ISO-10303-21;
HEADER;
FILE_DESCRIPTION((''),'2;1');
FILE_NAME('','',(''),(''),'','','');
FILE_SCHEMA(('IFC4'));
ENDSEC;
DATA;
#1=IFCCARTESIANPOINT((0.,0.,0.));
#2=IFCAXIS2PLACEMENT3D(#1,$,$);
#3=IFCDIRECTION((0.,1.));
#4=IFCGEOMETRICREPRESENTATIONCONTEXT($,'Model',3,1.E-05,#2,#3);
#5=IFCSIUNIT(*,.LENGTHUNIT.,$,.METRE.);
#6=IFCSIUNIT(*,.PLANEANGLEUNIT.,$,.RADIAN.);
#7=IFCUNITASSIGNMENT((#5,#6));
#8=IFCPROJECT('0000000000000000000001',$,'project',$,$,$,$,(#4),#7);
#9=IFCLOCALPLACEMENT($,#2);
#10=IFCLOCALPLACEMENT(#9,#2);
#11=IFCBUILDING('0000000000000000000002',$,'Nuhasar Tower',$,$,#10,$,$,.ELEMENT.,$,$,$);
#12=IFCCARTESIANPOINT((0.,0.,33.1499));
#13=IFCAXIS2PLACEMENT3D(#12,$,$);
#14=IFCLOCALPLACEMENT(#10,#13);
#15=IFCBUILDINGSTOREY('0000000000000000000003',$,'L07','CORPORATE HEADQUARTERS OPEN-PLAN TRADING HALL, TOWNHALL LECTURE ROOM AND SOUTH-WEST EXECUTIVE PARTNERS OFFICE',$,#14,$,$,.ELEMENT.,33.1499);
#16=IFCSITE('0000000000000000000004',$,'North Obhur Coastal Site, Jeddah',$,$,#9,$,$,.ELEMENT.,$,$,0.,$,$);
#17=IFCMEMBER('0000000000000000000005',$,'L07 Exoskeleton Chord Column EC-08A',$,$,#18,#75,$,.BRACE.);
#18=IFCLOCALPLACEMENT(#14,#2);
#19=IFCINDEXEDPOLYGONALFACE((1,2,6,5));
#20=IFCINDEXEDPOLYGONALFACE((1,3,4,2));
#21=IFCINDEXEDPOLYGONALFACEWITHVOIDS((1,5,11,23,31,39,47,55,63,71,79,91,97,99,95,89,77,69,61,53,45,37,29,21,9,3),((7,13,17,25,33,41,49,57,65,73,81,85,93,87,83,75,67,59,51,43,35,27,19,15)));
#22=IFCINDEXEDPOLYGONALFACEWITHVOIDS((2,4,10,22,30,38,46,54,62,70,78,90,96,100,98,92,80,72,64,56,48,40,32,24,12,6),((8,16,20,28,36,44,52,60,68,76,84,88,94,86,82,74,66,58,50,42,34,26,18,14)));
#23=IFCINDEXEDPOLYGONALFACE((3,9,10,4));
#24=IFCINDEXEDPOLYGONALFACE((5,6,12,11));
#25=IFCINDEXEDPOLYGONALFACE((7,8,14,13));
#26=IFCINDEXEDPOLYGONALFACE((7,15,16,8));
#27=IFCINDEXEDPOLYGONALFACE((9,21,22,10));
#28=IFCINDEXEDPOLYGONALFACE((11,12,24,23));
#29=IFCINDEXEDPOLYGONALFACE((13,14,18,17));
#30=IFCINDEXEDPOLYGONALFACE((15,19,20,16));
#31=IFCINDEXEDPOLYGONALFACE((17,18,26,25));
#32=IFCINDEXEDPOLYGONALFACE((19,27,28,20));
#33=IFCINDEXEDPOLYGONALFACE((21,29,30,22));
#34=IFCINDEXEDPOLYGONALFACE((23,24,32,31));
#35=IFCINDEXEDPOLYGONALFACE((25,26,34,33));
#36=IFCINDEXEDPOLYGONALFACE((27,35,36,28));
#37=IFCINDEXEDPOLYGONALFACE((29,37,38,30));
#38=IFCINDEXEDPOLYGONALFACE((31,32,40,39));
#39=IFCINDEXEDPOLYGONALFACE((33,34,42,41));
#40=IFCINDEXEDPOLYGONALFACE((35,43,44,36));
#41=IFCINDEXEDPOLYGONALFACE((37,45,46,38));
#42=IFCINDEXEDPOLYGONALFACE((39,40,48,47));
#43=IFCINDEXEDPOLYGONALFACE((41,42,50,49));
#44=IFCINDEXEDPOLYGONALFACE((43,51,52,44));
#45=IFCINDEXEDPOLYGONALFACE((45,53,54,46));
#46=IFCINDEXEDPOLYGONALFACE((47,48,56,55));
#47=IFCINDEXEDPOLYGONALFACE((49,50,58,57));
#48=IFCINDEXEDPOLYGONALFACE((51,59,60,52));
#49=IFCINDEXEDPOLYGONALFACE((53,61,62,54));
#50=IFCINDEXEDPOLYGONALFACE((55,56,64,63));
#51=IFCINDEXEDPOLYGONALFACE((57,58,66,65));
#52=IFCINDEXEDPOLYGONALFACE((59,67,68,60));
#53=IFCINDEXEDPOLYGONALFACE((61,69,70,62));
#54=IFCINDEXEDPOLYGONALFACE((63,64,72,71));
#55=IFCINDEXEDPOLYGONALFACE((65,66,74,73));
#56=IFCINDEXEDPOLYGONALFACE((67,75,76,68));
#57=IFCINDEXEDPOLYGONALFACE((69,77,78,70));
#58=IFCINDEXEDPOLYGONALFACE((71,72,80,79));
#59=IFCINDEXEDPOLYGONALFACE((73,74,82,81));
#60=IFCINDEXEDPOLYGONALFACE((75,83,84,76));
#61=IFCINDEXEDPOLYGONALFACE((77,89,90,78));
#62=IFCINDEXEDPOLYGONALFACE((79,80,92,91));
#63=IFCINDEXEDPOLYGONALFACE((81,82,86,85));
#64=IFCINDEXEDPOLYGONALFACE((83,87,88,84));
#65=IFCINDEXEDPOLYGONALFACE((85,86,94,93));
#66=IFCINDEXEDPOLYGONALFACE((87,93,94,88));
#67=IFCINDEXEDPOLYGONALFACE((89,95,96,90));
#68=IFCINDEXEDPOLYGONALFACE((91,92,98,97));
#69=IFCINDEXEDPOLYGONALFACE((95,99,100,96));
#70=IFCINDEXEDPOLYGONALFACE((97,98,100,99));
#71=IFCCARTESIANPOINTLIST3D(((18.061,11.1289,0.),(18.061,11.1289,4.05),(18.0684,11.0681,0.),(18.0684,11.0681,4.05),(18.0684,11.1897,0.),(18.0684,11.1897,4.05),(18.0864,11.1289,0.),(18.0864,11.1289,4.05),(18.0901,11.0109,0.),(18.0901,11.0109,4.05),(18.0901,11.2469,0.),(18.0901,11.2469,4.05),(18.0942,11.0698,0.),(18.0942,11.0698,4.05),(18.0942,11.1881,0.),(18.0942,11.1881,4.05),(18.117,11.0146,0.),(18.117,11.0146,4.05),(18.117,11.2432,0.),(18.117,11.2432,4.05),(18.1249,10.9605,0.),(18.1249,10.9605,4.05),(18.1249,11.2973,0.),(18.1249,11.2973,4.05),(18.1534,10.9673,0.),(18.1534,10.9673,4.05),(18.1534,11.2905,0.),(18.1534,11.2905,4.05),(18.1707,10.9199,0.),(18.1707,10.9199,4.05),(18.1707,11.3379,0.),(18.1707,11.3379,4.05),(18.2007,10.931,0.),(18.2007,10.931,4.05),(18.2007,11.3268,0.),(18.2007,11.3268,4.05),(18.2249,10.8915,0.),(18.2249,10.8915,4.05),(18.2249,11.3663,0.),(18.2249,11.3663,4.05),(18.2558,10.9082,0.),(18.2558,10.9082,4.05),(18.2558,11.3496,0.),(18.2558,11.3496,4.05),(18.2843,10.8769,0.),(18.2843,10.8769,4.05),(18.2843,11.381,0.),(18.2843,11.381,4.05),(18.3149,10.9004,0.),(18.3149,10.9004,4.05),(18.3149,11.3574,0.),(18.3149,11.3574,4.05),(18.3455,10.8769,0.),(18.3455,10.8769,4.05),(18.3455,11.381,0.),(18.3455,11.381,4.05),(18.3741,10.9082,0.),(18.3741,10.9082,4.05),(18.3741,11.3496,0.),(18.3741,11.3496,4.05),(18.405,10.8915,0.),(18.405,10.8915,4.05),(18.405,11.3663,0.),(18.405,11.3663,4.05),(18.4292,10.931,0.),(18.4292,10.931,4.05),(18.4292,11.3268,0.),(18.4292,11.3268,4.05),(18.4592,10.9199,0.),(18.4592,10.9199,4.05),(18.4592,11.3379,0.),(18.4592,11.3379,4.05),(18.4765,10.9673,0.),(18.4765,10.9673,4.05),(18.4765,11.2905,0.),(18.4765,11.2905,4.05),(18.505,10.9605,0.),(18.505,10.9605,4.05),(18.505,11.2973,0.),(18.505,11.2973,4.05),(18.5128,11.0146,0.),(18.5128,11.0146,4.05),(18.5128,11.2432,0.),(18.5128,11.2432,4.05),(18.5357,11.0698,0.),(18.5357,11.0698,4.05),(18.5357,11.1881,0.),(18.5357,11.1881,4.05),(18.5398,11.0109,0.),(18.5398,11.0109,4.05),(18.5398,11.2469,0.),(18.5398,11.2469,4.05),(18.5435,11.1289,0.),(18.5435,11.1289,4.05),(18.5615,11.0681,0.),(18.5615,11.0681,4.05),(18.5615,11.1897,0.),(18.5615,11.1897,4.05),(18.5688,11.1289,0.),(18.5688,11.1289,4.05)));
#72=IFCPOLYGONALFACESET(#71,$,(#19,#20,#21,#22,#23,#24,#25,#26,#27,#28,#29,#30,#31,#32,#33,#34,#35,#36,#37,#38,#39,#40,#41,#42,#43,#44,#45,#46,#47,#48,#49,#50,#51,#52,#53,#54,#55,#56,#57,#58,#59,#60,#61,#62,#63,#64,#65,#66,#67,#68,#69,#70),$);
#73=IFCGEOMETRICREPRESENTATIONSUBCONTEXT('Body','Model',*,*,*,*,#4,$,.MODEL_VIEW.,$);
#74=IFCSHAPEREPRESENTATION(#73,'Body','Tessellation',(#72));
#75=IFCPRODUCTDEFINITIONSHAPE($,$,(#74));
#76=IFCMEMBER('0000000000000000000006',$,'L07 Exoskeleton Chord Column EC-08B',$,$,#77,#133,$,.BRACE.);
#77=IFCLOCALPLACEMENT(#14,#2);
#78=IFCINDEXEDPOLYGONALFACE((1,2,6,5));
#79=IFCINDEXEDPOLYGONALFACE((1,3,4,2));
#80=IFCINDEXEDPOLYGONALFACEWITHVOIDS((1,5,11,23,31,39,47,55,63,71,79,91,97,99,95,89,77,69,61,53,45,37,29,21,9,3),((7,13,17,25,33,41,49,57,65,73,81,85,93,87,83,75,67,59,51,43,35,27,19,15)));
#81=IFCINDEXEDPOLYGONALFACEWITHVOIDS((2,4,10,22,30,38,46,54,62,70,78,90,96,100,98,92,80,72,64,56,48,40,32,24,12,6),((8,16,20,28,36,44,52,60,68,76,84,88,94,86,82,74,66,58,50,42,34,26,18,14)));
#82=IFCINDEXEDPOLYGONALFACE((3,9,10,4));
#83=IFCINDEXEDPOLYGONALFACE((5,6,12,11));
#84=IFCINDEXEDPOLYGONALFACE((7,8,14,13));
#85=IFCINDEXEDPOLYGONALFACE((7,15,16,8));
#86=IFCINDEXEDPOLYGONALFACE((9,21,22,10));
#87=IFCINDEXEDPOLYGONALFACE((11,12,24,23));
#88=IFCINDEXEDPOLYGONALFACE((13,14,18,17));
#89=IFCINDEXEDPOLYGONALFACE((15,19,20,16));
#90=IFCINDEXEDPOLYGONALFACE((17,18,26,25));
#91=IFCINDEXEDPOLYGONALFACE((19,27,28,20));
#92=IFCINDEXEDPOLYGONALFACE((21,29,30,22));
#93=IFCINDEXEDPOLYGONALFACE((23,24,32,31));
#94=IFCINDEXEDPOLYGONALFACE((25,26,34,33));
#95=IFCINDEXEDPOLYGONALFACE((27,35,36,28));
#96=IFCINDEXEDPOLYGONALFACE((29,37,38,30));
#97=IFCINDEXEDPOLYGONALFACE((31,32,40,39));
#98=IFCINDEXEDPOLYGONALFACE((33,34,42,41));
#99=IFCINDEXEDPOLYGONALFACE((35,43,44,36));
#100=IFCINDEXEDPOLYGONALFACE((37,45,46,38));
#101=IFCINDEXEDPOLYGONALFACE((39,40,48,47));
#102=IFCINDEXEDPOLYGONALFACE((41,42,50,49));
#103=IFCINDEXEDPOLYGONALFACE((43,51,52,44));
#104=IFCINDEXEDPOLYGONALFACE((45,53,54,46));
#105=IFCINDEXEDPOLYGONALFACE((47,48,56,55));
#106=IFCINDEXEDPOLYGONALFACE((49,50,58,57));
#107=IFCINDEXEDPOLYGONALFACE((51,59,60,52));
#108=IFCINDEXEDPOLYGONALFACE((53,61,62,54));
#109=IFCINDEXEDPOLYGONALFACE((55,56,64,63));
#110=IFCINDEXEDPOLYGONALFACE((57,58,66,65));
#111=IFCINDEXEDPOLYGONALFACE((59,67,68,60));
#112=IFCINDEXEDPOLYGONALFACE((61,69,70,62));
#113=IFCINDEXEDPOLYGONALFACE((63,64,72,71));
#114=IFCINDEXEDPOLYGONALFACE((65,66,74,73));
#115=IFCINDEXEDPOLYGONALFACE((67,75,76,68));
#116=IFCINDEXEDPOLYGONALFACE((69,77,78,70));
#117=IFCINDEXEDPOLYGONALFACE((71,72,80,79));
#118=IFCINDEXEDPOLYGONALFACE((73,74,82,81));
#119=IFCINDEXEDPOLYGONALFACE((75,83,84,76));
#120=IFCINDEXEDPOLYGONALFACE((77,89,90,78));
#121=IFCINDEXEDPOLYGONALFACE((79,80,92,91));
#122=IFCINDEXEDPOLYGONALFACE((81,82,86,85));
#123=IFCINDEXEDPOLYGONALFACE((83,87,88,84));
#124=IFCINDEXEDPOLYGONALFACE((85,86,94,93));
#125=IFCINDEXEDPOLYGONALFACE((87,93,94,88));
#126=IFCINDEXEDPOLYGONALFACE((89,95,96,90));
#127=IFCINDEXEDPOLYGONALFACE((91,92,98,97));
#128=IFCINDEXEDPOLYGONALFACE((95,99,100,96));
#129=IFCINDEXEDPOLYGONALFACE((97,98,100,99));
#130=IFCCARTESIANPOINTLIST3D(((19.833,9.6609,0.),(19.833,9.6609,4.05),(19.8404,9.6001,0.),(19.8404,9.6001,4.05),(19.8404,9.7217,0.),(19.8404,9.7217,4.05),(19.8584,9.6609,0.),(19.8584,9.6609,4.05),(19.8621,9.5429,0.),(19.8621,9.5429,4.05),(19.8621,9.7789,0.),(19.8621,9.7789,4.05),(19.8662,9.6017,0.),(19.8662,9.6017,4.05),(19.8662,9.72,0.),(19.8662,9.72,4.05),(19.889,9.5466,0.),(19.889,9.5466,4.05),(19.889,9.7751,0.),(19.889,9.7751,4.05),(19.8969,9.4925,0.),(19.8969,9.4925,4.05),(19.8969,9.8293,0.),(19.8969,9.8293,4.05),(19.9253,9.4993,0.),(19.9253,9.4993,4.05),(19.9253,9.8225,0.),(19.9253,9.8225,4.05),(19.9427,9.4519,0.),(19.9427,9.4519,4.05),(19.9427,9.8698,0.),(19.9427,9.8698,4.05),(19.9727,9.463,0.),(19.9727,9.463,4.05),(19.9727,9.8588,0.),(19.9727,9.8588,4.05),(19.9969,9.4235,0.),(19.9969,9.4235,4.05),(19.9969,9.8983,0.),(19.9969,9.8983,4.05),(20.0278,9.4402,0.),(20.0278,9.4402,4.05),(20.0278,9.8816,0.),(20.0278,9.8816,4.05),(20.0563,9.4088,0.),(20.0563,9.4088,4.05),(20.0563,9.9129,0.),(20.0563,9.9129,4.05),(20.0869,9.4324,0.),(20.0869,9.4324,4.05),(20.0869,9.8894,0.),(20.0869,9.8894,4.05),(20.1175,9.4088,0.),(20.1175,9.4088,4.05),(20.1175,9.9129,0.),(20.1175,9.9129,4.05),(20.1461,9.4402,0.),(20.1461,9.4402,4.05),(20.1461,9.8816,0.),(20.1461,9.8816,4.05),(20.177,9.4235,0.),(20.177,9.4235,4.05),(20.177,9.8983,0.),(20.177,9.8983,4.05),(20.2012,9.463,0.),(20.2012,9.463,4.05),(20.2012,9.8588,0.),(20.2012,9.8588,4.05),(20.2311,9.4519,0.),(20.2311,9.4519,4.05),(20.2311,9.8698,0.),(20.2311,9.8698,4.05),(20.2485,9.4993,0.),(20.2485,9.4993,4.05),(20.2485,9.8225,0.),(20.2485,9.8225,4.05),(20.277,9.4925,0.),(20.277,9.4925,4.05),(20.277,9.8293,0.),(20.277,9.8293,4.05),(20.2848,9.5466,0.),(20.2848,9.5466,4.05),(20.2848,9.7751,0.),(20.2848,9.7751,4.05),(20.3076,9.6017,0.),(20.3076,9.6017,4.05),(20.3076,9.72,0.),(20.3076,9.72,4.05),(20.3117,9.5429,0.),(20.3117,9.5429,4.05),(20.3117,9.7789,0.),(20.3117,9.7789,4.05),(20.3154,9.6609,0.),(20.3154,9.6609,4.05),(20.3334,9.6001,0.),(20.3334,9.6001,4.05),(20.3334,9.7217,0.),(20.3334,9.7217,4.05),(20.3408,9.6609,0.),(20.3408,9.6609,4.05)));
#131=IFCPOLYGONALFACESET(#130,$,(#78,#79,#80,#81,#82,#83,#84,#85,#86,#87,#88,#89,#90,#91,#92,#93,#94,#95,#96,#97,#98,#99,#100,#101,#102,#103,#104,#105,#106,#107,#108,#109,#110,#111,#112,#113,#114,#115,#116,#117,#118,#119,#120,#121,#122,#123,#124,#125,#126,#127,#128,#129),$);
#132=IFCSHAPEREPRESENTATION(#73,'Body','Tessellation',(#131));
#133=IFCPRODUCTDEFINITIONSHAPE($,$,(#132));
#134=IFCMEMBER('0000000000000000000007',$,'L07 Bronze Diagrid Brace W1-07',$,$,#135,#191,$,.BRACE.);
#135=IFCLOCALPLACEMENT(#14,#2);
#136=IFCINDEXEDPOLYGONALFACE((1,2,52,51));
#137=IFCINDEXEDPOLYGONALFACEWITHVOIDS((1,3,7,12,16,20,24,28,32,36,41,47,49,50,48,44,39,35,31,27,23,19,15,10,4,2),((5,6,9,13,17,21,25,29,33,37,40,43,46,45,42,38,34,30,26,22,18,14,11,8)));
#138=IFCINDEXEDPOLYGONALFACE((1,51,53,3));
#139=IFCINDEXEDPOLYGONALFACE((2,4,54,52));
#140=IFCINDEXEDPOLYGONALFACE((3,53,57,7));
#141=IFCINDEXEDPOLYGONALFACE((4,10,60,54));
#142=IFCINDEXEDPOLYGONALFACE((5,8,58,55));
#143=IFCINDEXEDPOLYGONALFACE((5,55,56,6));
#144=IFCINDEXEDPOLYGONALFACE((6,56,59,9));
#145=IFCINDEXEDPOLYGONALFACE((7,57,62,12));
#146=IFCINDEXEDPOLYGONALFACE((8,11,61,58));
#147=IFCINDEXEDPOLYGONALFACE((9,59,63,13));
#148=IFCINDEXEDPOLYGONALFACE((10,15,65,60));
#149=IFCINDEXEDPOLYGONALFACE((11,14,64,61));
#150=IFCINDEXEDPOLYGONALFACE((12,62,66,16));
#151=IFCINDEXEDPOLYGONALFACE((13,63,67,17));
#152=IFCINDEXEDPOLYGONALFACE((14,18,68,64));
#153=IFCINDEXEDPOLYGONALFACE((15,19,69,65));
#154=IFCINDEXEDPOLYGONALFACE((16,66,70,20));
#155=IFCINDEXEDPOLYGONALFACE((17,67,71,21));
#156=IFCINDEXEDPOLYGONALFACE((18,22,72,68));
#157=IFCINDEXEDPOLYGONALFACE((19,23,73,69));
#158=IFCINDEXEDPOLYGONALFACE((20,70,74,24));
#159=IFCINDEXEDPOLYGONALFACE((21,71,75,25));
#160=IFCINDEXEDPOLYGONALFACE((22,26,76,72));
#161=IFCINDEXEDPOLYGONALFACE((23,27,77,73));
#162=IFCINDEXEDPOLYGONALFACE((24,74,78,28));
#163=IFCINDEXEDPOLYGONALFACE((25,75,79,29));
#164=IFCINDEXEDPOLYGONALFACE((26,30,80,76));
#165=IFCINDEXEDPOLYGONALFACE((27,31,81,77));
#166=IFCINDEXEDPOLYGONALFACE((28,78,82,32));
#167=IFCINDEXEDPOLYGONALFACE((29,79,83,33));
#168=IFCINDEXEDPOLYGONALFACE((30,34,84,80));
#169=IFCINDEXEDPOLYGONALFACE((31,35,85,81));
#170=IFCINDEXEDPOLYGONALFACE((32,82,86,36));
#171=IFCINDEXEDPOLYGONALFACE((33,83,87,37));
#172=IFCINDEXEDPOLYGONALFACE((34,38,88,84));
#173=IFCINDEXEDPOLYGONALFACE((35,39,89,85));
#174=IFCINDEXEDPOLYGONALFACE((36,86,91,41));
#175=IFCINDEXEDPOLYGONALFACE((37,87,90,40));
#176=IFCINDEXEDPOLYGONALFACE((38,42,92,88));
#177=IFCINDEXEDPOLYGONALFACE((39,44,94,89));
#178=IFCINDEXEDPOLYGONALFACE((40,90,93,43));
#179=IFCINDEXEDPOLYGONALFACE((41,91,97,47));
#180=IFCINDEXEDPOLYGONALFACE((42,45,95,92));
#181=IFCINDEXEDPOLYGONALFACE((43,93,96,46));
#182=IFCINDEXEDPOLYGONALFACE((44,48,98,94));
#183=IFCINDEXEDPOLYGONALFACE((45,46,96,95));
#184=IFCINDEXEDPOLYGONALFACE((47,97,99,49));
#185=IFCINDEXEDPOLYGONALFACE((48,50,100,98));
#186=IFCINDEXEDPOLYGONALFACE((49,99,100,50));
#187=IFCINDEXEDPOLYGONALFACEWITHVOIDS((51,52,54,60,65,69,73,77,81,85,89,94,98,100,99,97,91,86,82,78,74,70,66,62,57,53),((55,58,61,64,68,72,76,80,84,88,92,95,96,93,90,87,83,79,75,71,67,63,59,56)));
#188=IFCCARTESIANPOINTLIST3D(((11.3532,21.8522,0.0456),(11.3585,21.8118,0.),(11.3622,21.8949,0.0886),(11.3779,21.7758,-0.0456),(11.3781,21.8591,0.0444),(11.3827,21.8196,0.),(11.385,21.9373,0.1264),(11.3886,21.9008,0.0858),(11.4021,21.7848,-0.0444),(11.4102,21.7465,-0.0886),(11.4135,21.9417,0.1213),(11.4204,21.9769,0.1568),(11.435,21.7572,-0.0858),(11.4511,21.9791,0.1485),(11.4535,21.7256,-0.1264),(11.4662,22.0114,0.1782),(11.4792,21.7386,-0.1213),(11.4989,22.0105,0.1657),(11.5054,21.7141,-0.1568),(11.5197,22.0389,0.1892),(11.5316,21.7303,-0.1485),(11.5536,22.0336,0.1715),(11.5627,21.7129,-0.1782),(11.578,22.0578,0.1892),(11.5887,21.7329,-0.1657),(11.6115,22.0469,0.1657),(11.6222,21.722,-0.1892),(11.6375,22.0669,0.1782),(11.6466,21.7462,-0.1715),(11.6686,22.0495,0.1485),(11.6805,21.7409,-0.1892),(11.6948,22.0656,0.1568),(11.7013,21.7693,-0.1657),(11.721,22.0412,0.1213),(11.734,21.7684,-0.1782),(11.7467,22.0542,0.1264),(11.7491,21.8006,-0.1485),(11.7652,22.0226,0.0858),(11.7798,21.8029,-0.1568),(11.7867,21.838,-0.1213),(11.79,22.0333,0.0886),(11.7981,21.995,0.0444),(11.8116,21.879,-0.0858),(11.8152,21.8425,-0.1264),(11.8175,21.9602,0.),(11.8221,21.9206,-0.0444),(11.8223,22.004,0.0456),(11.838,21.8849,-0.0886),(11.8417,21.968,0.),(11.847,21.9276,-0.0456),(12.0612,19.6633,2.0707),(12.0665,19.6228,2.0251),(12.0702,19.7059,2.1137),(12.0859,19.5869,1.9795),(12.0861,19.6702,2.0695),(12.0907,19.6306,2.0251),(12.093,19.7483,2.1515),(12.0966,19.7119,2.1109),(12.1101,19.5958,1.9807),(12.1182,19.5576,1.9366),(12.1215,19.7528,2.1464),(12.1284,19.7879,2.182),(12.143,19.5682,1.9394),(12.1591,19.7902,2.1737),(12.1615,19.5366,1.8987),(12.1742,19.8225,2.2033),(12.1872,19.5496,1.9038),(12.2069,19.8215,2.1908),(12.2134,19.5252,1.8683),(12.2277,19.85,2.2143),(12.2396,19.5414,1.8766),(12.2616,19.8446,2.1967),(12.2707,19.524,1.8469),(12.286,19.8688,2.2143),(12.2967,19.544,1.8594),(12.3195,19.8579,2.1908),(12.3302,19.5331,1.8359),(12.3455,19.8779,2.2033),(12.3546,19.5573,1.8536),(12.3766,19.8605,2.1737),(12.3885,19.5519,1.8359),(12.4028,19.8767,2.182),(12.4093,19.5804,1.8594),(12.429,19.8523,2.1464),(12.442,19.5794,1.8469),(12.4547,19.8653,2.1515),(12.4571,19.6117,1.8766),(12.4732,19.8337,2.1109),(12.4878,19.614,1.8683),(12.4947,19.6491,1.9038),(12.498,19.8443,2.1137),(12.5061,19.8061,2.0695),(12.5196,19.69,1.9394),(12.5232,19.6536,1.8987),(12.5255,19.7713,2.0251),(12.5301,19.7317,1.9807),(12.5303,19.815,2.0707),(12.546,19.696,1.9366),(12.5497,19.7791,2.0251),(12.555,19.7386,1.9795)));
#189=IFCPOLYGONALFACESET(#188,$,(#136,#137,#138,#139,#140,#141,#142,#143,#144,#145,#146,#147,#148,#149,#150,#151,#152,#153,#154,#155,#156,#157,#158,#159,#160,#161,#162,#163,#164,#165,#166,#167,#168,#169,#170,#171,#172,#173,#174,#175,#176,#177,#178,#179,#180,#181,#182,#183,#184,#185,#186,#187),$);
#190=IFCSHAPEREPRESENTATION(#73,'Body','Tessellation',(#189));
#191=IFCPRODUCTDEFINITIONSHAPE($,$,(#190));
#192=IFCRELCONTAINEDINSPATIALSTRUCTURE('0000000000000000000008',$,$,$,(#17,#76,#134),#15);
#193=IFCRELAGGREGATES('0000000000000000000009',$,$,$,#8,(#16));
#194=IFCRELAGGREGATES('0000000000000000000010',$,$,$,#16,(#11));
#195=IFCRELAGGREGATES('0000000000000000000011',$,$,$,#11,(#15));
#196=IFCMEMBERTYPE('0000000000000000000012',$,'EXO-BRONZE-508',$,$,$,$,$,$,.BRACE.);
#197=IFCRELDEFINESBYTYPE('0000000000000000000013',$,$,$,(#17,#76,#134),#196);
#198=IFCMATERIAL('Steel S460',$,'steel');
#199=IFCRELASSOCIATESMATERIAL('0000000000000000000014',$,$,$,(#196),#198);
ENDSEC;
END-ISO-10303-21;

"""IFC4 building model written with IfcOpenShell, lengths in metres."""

from ifc_helpers import new_model, si_unit, direction, frame, origin, origin_2d, place, context, subcontext, project, spatial, hollow_circle, extrude, material, material_profile, profile_set, type_object, element, save


model = new_model("IFC4")

# Units and contexts
model_context = context("Model", 3, precision=1e-05, world=origin(), true_north=direction((0.0, 1.0)))
body_context = subcontext(model_context, "Body", "Model", "MODEL_VIEW")
ifc_project = project(units=[si_unit("LENGTHUNIT", "METRE"), si_unit("PLANEANGLEUNIT", "RADIAN")], contexts=[model_context])

# Site, building, storey
site_placement = place(None, origin())
site = spatial("IfcSite", under=ifc_project, at=site_placement, Name="North Obhur Coastal Site, Jeddah", CompositionType="ELEMENT", RefElevation=0.0)
building_placement = place(site_placement, origin())
building = spatial("IfcBuilding", under=site, at=building_placement, Name="Nuhasar Tower", CompositionType="ELEMENT")
storey_placement = place(building_placement, frame((0.0, 0.0, 33.1499)))
storey = spatial("IfcBuildingStorey", under=building, at=storey_placement, Name="L07", Description="CORPORATE HEADQUARTERS OPEN-PLAN TRADING HALL, TOWNHALL LECTURE ROOM AND SOUTH-WEST EXECUTIVE PARTNERS OFFICE", CompositionType="ELEMENT", Elevation=33.1499)

# Members
ifc_material_1 = material(Name="Steel S460", Category="steel")
ifc_material_profile_1 = material_profile(ifc_material_1, hollow_circle(Radius=0.2539, WallThickness=0.0254, at=origin_2d()), Name="HSS508X25.4")
ifc_profile_set_1 = profile_set([ifc_material_profile_1], Name="Steel S460")
member_type_1 = type_object("IfcMemberType", Name="EXO-BRONZE-508", PredefinedType="BRACE", material=ifc_profile_set_1)
for number, where, z_axis, x_axis, name in (
    (1, (18.3149, 11.1289, 0.0), (0.0, 0.0, 1.0), (1.0, 0.0, 0.0), "L07 Exoskeleton Chord Column EC-08A"),
    (2, (20.0869, 9.6609, 0.0), (0.0, 0.0, 1.0), (1.0, 0.0, 0.0), "L07 Exoskeleton Chord Column EC-08B"),
):
    element("IfcMember", number, at=place(storey_placement, frame(where, z_axis=z_axis, x_axis=x_axis)), inside=storey, type_object=member_type_1, Name=name, PredefinedType="BRACE", context=body_context, shape_type="SweptSolid", body=[
        extrude(hollow_circle(Radius=0.2539, WallThickness=0.0254, at=origin_2d()), origin(), (0.0, 0.0, 1.0), 4.05),
    ])
member_1_placement = place(storey_placement, frame((11.6001, 21.8899, 0.0), z_axis=(0.231, -0.714187, 0.660739), x_axis=(0.951468, 0.307747, 0.0)))
element("IfcMember", 3, at=member_1_placement, inside=storey, type_object=member_type_1, Name="L07 Bronze Diagrid Brace W1-07", PredefinedType="BRACE", context=body_context, shape_type="SweptSolid", body=[
    extrude(hollow_circle(Radius=0.2539, WallThickness=0.0254, at=origin_2d()), origin(), (0.0, 0.0, 1.0), 3.0649),
])

save(model, "model.ifc")
